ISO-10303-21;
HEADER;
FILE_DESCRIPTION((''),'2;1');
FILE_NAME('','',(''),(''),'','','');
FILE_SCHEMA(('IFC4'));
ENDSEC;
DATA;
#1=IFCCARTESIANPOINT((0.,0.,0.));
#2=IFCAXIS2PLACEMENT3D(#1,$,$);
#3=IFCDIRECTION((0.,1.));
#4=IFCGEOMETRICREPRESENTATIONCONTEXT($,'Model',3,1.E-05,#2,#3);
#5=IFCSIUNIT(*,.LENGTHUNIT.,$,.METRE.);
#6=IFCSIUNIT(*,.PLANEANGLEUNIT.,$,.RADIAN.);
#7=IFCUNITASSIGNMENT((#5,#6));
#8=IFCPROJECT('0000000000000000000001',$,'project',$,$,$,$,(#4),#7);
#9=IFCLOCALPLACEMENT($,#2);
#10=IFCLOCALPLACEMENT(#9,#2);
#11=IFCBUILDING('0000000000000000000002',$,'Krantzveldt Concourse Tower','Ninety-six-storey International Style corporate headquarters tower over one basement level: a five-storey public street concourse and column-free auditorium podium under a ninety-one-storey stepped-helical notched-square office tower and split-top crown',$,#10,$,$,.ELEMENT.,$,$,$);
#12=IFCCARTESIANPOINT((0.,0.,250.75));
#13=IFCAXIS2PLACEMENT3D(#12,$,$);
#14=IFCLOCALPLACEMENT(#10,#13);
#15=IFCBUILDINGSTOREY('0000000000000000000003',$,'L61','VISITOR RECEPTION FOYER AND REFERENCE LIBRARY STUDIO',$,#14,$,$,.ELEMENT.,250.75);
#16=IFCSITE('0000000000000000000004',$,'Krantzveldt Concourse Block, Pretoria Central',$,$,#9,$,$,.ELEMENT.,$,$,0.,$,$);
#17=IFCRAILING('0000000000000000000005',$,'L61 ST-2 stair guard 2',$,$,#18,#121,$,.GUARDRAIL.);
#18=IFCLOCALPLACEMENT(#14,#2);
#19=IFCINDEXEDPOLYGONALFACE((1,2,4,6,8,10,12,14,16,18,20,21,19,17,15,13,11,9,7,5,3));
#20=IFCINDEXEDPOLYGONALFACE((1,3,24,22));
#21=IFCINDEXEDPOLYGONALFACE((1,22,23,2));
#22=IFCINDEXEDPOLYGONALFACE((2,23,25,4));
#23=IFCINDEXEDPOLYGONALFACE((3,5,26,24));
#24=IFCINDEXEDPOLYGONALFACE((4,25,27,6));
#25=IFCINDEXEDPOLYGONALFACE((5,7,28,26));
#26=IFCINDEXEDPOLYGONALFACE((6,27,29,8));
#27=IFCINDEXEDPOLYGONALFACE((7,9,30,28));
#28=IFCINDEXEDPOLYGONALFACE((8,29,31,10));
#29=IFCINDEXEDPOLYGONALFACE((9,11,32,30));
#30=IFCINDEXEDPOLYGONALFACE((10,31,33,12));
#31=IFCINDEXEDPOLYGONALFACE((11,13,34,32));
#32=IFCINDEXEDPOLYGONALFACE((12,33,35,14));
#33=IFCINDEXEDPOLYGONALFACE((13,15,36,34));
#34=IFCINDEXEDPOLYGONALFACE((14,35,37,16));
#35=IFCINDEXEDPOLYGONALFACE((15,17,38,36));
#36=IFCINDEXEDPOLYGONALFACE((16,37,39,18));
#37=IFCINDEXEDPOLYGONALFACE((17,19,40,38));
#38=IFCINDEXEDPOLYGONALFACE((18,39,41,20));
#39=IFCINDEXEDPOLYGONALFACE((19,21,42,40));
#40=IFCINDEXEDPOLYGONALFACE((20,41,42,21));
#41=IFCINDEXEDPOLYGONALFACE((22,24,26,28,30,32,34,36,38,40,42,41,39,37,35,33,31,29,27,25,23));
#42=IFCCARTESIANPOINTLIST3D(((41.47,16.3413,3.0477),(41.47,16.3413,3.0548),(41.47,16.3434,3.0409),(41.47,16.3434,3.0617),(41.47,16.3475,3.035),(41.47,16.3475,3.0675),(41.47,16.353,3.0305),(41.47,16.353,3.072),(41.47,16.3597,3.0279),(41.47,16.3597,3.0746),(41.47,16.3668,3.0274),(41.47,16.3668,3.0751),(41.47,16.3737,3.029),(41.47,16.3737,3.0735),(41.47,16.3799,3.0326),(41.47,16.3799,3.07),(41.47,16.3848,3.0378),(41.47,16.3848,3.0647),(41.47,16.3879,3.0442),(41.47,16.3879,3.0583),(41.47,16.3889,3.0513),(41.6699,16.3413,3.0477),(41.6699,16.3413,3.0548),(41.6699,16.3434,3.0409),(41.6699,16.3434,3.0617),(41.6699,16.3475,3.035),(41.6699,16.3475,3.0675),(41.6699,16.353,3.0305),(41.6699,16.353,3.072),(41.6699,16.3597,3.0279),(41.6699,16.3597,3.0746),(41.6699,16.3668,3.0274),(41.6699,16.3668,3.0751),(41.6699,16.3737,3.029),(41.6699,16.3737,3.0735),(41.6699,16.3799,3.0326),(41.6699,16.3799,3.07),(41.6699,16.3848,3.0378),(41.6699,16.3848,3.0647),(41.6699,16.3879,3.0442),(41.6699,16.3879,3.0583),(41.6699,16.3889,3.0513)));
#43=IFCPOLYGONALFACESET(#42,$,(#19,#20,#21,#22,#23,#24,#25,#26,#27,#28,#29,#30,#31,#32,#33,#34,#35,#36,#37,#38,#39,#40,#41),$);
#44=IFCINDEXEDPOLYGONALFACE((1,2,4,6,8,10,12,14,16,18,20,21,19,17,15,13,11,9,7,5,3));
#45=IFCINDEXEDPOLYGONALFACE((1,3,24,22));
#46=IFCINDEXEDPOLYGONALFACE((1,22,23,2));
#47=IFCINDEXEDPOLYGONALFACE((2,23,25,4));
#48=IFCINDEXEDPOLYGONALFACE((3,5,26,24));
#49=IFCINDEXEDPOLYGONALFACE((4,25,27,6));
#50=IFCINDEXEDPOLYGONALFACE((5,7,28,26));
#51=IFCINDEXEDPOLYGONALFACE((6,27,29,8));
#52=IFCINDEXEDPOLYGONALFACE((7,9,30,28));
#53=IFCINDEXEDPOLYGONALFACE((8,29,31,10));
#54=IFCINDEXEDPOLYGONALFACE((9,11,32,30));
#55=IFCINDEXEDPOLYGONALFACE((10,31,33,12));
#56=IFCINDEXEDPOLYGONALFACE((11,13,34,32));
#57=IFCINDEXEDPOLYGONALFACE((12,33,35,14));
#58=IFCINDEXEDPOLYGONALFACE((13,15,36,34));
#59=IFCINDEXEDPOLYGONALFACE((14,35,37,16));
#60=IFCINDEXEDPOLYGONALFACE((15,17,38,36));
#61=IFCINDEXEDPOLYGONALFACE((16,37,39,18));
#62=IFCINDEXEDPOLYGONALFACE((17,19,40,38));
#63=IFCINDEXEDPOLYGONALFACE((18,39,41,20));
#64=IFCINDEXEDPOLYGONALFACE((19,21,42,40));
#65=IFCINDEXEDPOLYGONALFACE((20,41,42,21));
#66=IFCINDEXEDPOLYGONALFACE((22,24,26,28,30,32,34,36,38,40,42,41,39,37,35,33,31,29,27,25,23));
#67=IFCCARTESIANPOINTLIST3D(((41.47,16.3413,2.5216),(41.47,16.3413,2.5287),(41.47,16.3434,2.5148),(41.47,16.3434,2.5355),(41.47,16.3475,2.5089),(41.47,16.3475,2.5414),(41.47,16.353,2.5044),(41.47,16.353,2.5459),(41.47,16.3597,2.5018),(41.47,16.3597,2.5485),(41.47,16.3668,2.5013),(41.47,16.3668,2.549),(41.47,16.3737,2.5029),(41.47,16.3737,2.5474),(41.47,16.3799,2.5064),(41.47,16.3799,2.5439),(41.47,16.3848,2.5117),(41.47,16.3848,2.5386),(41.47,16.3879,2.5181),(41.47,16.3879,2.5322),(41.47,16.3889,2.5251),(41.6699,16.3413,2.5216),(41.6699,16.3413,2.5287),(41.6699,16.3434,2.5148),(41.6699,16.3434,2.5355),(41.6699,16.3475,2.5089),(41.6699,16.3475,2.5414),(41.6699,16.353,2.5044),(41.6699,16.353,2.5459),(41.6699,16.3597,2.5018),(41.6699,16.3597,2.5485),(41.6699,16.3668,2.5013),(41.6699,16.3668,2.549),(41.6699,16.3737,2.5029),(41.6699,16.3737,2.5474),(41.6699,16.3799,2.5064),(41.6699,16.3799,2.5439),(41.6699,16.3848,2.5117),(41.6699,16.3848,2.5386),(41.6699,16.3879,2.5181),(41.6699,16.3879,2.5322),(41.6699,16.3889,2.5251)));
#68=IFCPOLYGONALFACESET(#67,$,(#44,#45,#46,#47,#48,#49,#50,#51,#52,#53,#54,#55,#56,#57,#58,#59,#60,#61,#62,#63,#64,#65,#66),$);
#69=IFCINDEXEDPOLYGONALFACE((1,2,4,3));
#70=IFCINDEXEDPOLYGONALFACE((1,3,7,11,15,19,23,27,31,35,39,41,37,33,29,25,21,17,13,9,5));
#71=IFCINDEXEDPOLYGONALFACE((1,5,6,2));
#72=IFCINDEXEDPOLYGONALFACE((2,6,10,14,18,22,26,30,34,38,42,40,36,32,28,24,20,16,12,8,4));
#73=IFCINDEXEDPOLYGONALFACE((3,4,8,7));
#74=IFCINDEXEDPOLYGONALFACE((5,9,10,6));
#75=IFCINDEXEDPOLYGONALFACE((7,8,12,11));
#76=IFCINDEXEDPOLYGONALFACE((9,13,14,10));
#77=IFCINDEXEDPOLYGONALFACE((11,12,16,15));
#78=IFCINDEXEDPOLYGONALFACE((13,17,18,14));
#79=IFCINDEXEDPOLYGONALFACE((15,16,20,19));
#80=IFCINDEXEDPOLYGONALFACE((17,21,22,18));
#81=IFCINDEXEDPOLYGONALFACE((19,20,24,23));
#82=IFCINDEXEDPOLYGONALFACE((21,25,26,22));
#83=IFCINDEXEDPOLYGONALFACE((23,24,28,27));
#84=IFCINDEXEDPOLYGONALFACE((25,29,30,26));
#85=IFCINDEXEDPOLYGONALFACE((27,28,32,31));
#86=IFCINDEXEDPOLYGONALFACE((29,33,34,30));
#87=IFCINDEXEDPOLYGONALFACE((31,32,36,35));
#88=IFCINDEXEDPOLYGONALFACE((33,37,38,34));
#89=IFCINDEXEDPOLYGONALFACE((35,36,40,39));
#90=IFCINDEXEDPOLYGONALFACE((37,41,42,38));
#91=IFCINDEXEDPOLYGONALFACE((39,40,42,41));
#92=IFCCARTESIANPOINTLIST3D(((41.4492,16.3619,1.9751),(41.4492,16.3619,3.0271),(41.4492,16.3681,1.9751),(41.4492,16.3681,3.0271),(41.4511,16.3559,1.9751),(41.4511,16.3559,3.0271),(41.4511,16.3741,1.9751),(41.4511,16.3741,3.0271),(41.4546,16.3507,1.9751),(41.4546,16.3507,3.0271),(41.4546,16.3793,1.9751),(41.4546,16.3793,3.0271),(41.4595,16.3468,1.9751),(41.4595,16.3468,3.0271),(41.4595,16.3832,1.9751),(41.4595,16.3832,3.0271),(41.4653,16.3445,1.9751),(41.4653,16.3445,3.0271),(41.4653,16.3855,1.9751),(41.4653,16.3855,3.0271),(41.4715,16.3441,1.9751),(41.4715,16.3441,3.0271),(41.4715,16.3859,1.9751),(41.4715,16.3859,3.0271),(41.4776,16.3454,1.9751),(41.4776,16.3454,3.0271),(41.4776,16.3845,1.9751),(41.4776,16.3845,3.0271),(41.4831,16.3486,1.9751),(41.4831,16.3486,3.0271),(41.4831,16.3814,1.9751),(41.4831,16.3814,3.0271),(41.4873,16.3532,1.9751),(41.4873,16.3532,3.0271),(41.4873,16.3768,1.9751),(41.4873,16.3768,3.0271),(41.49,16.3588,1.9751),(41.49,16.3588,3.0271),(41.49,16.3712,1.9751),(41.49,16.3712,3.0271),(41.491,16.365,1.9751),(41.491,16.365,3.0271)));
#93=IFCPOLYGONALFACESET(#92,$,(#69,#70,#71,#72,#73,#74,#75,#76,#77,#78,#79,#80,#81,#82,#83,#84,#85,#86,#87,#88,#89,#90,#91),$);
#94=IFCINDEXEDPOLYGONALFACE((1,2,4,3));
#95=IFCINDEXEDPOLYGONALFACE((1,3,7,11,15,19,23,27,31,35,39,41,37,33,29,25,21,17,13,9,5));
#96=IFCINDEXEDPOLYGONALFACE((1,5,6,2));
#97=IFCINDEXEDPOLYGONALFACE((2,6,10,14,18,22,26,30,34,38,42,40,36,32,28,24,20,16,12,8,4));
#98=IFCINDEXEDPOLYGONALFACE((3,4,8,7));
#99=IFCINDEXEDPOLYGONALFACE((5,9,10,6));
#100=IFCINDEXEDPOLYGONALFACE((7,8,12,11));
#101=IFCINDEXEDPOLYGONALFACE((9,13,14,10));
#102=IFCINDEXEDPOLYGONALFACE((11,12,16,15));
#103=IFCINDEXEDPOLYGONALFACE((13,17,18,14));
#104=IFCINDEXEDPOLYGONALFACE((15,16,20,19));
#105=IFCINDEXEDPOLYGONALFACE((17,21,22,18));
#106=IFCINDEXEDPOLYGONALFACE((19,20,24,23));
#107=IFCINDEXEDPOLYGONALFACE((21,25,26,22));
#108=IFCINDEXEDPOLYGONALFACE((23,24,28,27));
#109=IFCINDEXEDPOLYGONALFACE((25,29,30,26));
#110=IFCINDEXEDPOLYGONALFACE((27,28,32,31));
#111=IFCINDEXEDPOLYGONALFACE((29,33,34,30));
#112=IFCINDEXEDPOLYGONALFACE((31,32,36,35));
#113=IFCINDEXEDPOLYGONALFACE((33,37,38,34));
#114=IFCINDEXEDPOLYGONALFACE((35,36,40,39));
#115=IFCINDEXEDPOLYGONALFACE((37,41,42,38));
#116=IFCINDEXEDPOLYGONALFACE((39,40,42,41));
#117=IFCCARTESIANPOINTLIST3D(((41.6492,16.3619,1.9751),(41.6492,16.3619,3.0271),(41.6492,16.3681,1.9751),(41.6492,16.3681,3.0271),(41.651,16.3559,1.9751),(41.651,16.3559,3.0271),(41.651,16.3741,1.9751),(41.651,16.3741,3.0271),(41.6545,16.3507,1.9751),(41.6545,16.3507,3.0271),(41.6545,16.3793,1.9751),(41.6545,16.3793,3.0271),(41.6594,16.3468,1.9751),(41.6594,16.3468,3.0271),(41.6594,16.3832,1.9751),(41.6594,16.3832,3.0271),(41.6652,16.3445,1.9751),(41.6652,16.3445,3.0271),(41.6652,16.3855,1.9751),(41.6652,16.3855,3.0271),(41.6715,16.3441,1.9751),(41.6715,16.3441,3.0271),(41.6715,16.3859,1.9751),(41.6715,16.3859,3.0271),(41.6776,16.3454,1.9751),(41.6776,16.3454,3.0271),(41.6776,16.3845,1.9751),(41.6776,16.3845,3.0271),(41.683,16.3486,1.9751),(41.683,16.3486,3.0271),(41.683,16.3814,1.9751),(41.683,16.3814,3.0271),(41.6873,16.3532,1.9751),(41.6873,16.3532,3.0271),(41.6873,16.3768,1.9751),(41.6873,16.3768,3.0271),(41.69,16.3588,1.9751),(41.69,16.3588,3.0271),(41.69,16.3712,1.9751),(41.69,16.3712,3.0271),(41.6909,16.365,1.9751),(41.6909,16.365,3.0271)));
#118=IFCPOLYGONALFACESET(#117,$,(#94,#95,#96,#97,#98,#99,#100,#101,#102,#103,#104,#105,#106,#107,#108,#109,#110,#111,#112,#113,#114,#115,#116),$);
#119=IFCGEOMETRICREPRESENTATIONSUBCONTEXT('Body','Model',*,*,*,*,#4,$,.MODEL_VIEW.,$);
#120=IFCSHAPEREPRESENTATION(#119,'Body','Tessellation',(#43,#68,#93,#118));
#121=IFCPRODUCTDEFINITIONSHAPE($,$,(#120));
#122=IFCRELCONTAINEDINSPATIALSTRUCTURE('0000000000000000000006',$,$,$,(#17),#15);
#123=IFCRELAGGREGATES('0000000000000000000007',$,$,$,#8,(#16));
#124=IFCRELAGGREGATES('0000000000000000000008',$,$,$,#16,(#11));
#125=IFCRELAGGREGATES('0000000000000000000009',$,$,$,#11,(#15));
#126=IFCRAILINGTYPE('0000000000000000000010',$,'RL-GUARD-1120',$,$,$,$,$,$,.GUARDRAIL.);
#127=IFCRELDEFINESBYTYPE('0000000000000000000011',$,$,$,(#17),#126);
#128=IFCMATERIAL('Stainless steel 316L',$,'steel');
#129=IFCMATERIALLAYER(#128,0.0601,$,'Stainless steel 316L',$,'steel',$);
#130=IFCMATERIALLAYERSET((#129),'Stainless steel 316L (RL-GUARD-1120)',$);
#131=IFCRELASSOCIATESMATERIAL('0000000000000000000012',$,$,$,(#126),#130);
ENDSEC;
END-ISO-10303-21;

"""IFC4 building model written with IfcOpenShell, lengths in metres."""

from ifc_helpers import new_model, si_unit, direction, frame, origin, origin_2d, place, context, subcontext, project, spatial, circle, extrude, material, layer, layer_set, type_object, element, save


model = new_model("IFC4")

# Units and contexts
model_context = context("Model", 3, precision=1e-05, world=origin(), true_north=direction((0.0, 1.0)))
body_context = subcontext(model_context, "Body", "Model", "MODEL_VIEW")
ifc_project = project(units=[si_unit("LENGTHUNIT", "METRE"), si_unit("PLANEANGLEUNIT", "RADIAN")], contexts=[model_context])

# Site, building, storey
site_placement = place(None, origin())
site = spatial("IfcSite", under=ifc_project, at=site_placement, Name="Krantzveldt Concourse Block, Pretoria Central", CompositionType="ELEMENT", RefElevation=0.0)
building_placement = place(site_placement, origin())
building = spatial("IfcBuilding", under=site, at=building_placement, Name="Krantzveldt Concourse Tower", Description="Ninety-six-storey International Style corporate headquarters tower over one basement level: a five-storey public street concourse and column-free auditorium podium under a ninety-one-storey stepped-helical notched-square office tower and split-top crown", CompositionType="ELEMENT")
storey_placement = place(building_placement, frame((0.0, 0.0, 250.75)))
storey = spatial("IfcBuildingStorey", under=building, at=storey_placement, Name="L61", Description="VISITOR RECEPTION FOYER AND REFERENCE LIBRARY STUDIO", CompositionType="ELEMENT", Elevation=250.75)

# Shared definitions
ifc_material_1 = material(Name="Stainless steel 316L", Category="steel")

# Railing
ifc_layer_1 = layer(ifc_material_1, 0.0601, Name="Stainless steel 316L", Category="steel")
ifc_layer_set_1 = layer_set([ifc_layer_1], Name="Stainless steel 316L (RL-GUARD-1120)")
railing_type_1 = type_object("IfcRailingType", Name="RL-GUARD-1120", PredefinedType="GUARDRAIL", material=ifc_layer_set_1)
railing_1_placement = place(storey_placement, frame((41.47, 16.365, 1.9751)))
element("IfcRailing", 1, at=railing_1_placement, inside=storey, type_object=railing_type_1, Name="L61 ST-2 stair guard 2", PredefinedType="GUARDRAIL", context=body_context, shape_type="SweptSolid", body=[
    extrude(circle(Radius=0.0239, at=origin_2d()), frame((0.0, 0.0, 1.0762), z_axis=(1.0, 0.0, 0.0), x_axis=(0.0, 1.0, 0.0)), (0.0, 0.0, 1.0), 0.2),
    extrude(circle(Radius=0.0239, at=origin_2d()), frame((0.0, 0.0, 0.55), z_axis=(1.0, 0.0, 0.0), x_axis=(0.0, 1.0, 0.0)), (0.0, 0.0, 1.0), 0.2),
    extrude(circle(Radius=0.021, at=origin_2d()), origin(), (0.0, 0.0, 1.0), 1.052),
    extrude(circle(Radius=0.021, at=origin_2d()), frame((0.2, 0.0, 0.0)), (0.0, 0.0, 1.0), 1.052),
])

save(model, "model.ifc")
